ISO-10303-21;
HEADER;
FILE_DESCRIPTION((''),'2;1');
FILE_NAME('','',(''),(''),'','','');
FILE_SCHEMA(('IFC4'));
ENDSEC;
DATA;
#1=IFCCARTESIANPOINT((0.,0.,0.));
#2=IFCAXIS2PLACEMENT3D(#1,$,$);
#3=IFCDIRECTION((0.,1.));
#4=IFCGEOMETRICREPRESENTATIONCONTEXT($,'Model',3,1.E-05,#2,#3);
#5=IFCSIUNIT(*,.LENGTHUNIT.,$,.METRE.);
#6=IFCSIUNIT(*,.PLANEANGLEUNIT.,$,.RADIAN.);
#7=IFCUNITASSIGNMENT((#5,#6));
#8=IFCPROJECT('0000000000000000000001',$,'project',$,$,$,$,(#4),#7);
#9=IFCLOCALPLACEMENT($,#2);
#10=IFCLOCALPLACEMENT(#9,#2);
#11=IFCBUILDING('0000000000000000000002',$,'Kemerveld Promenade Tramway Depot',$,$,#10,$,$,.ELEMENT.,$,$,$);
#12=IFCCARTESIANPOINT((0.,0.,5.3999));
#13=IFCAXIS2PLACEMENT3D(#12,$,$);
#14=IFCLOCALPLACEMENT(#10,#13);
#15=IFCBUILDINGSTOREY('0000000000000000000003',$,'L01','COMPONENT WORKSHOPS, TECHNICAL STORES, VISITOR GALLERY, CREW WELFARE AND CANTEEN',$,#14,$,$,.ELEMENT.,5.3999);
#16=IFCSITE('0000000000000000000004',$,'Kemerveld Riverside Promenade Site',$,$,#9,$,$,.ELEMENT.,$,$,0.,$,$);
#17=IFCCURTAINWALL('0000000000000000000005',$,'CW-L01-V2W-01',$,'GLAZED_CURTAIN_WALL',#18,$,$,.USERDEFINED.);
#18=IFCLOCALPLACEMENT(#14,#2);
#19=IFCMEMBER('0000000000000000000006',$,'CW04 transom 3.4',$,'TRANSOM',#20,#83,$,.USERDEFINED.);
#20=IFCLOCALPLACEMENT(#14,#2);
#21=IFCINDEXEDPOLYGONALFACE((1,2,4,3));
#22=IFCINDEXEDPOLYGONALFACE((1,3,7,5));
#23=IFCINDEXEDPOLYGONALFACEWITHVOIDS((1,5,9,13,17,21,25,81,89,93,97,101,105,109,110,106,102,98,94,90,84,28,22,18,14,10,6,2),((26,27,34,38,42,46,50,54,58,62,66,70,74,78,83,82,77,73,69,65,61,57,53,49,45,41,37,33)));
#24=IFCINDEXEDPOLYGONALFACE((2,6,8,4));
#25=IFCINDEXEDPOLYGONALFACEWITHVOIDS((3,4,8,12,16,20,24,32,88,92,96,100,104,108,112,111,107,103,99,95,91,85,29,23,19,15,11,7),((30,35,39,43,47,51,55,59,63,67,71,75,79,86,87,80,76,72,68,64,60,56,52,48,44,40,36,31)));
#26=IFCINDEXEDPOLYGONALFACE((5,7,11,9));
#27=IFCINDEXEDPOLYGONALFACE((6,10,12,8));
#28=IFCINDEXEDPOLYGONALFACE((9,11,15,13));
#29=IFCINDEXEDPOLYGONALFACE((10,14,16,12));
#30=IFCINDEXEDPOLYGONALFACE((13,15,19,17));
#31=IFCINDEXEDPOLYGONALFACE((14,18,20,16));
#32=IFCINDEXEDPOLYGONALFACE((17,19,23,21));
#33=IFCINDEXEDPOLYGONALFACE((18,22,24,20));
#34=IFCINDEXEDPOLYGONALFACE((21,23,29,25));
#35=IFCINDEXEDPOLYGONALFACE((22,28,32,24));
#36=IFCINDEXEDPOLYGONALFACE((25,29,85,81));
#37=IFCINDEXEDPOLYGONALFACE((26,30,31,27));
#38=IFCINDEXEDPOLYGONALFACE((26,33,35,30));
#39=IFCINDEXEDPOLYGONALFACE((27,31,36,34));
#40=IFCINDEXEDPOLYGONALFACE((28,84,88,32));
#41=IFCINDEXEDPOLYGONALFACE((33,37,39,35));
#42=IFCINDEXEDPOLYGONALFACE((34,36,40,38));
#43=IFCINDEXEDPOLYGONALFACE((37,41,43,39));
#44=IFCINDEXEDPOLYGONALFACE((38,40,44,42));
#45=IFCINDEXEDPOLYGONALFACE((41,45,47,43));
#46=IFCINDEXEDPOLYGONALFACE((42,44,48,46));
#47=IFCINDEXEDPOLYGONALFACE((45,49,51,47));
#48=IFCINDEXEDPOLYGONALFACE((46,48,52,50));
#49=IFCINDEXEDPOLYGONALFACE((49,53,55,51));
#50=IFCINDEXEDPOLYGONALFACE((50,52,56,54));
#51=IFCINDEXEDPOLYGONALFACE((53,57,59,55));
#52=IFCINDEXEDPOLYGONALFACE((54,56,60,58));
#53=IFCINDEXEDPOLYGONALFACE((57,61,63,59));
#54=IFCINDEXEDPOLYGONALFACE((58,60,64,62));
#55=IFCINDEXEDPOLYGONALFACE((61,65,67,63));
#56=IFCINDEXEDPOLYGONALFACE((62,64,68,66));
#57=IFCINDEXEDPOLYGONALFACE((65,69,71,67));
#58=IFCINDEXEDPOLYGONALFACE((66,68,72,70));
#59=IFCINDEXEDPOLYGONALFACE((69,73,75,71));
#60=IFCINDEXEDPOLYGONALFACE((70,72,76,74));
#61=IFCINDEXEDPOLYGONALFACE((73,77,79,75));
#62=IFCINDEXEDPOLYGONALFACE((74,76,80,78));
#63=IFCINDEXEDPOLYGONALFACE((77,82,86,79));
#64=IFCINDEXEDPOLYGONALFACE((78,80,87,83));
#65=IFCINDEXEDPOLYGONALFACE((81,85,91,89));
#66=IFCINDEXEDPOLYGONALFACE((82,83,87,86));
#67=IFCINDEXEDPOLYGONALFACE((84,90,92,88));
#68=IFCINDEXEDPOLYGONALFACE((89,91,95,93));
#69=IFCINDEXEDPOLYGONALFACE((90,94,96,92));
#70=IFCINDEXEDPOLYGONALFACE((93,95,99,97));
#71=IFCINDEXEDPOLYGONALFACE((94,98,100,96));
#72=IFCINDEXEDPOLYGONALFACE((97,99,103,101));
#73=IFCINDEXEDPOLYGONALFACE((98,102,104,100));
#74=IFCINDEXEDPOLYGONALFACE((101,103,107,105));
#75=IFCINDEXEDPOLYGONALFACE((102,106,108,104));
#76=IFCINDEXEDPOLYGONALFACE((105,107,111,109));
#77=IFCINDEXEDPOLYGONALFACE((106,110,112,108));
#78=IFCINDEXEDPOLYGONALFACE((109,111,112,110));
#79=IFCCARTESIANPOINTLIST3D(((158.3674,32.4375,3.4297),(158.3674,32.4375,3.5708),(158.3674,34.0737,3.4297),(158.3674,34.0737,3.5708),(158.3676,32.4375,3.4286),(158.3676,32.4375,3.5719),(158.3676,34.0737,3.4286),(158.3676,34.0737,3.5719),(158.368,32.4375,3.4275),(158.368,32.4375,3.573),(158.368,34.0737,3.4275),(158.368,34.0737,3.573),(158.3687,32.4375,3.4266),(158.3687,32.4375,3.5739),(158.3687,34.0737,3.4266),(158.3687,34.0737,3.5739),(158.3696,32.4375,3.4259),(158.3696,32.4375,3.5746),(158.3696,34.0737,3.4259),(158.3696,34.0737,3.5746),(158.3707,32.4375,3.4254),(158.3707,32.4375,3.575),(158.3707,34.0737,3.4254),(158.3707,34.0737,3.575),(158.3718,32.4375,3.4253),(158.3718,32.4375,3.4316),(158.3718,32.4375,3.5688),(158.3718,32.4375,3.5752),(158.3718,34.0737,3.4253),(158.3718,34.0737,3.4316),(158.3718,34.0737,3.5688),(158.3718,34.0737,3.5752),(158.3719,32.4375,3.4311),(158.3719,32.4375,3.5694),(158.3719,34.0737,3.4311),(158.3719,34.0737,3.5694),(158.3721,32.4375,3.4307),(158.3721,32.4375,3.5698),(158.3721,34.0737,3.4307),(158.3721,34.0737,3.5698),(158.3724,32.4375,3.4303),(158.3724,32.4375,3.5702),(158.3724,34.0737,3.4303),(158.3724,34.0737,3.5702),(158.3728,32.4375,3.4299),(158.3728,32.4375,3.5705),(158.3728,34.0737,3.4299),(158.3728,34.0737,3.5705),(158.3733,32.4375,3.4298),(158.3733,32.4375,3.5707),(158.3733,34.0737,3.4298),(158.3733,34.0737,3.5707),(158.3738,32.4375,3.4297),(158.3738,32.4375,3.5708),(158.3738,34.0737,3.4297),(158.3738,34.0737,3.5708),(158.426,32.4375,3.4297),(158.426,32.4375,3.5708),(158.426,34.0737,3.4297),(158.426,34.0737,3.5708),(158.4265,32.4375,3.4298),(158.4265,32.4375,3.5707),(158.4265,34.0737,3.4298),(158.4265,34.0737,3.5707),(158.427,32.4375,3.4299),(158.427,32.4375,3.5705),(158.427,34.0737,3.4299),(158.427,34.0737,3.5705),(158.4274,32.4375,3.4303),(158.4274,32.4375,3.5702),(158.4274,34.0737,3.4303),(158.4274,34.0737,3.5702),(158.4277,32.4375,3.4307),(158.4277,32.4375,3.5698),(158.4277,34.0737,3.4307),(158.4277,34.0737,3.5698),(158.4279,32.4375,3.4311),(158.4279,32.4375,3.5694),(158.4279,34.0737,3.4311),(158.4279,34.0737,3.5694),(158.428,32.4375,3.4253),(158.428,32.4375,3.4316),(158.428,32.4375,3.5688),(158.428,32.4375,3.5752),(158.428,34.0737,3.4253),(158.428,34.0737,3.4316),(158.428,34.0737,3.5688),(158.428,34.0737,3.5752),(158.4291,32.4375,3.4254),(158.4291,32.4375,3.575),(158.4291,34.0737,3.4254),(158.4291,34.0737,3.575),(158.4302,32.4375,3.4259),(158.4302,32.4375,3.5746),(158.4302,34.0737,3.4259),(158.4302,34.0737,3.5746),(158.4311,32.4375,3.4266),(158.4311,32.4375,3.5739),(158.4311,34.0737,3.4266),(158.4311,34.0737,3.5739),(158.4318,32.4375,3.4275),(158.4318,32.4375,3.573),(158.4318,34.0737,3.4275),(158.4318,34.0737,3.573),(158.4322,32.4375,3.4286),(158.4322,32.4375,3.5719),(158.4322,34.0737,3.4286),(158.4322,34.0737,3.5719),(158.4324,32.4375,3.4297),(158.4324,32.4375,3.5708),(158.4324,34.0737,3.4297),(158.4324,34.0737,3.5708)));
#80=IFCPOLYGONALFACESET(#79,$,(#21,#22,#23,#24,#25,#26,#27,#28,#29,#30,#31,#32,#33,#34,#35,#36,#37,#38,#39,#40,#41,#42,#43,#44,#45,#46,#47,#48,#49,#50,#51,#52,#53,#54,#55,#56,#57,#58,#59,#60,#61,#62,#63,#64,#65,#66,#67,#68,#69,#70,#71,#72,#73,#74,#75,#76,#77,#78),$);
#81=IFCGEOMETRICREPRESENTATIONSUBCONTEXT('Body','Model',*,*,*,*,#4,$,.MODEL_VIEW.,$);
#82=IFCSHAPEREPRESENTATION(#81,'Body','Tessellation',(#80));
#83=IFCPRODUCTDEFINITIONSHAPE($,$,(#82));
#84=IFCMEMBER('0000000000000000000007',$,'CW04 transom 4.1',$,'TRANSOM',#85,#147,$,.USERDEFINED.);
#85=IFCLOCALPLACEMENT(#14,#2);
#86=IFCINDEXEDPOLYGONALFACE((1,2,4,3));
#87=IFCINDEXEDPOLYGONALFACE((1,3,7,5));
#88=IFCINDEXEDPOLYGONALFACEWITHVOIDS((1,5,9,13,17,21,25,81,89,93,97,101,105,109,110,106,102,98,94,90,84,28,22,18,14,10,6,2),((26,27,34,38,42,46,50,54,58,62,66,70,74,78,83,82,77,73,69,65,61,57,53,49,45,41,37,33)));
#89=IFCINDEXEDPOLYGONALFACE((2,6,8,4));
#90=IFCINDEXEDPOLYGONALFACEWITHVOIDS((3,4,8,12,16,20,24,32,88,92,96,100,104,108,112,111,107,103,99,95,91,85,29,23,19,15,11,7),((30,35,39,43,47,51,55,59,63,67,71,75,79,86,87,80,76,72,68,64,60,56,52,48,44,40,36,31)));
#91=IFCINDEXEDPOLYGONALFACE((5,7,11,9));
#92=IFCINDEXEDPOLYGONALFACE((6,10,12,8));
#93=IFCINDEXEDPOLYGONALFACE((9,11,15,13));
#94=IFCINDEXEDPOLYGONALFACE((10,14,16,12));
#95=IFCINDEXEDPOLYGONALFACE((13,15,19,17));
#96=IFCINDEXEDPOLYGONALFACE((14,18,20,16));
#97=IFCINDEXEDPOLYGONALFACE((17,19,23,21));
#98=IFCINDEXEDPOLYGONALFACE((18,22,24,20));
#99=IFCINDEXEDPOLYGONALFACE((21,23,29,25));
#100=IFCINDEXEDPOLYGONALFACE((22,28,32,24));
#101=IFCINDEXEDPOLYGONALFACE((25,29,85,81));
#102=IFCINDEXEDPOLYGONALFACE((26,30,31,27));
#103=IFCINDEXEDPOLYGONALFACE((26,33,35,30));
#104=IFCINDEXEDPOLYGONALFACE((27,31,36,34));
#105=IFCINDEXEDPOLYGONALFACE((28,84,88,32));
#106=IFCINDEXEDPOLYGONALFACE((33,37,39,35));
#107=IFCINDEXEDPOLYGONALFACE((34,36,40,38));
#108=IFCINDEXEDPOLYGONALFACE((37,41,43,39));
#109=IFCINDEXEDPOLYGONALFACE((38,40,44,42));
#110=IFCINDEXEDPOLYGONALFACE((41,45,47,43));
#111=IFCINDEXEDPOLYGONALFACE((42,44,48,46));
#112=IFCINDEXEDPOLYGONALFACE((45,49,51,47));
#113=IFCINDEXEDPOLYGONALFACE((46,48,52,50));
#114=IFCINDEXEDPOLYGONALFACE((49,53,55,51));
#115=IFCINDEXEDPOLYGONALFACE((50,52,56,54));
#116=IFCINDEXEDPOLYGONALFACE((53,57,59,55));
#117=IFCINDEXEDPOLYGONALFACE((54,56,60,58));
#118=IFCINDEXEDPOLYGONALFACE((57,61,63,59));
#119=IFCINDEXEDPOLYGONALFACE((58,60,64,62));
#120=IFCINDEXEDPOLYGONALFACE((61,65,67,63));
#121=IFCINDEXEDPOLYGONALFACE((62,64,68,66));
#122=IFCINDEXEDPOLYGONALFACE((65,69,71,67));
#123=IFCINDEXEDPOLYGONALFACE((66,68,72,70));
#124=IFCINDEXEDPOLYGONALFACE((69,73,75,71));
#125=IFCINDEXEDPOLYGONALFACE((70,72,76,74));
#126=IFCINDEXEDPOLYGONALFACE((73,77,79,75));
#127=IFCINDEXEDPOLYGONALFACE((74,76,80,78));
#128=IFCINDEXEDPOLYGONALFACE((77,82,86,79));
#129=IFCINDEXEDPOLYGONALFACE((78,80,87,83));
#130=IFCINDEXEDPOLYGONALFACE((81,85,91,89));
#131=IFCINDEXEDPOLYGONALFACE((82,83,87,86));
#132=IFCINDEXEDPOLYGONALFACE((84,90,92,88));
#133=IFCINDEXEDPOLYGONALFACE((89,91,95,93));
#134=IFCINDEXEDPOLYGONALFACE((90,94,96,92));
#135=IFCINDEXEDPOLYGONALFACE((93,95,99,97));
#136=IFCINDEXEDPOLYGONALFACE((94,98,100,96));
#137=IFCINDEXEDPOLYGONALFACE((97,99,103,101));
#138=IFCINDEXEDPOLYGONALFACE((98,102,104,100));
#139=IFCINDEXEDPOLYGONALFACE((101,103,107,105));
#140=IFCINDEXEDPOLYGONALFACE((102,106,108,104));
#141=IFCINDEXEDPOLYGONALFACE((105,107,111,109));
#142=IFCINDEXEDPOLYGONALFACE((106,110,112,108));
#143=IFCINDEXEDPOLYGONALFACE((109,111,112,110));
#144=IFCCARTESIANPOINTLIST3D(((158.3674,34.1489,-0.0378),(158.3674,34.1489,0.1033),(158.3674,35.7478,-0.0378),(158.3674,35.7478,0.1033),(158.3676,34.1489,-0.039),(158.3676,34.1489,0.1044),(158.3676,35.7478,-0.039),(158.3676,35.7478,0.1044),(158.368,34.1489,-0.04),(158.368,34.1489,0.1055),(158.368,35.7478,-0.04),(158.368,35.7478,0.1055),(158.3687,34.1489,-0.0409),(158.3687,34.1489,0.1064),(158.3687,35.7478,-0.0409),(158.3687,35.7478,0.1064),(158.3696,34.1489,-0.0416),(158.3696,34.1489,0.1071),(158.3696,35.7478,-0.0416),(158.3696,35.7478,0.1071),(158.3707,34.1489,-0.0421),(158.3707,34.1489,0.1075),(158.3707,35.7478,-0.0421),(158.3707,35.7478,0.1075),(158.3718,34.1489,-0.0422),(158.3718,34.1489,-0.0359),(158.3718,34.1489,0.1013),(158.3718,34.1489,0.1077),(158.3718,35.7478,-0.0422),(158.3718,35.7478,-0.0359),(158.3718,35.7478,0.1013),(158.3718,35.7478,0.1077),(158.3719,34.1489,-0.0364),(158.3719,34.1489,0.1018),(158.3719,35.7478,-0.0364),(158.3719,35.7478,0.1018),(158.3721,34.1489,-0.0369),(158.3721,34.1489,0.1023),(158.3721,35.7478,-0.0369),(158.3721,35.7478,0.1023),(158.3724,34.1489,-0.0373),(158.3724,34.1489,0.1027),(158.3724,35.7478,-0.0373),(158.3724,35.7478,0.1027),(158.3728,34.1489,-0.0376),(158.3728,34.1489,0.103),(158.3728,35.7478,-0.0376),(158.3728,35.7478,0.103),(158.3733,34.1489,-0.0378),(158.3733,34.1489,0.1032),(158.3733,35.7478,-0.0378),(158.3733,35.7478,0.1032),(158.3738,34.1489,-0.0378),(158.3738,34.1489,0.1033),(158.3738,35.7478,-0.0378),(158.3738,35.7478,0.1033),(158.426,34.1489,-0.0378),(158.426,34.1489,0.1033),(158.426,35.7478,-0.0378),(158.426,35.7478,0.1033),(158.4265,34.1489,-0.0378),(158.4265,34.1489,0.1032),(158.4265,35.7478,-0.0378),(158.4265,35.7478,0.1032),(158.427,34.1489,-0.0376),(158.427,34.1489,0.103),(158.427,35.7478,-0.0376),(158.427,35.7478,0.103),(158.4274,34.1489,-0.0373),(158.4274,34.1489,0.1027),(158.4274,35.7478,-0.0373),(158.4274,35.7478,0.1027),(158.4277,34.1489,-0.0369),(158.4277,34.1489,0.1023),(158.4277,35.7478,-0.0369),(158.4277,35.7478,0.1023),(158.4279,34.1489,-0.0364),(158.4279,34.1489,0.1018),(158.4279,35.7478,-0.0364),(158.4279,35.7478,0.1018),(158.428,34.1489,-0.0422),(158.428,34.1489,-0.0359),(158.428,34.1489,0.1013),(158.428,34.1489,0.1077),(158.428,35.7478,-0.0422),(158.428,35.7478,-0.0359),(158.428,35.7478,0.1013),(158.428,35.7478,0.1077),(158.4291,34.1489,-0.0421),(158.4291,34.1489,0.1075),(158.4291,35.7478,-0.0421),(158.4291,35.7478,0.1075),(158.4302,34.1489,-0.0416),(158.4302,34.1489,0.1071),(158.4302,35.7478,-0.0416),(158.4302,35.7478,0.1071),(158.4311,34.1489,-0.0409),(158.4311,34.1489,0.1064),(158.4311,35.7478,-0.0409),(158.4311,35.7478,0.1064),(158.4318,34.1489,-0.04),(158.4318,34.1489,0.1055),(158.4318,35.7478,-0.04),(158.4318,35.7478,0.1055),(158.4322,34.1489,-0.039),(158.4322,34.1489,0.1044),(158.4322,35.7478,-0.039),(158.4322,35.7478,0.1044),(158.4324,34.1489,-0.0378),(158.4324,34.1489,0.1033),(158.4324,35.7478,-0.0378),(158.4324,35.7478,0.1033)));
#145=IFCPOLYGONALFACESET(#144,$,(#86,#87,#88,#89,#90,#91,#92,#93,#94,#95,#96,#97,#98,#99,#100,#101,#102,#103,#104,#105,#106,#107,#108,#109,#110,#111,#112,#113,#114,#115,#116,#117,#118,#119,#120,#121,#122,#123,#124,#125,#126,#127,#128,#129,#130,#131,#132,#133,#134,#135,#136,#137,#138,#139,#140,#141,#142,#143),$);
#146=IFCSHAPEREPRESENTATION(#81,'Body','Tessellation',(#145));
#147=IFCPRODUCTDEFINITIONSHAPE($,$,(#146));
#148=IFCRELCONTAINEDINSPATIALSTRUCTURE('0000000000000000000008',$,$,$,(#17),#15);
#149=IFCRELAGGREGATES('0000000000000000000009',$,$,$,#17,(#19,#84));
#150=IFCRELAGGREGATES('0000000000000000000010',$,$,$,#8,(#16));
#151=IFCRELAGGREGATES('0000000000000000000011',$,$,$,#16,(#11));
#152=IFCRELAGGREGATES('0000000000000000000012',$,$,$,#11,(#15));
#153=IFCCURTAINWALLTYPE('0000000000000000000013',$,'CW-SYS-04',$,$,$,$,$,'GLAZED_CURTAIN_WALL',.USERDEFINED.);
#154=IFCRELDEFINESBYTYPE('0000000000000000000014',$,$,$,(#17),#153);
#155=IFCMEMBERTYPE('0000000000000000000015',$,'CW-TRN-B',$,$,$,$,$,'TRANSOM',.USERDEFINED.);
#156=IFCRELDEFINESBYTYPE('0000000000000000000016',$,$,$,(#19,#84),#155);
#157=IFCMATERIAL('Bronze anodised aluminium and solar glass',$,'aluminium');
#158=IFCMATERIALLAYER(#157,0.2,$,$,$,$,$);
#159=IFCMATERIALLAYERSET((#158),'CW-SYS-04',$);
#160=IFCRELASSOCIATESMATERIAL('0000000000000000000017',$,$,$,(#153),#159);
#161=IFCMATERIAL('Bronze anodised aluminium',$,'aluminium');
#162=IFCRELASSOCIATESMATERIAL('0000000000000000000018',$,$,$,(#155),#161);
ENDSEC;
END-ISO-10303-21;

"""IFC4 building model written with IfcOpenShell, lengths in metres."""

from ifc_helpers import new_model, si_unit, direction, frame, origin, origin_2d, place, context, subcontext, project, spatial, hollow_rectangle, extrude, material, layer, layer_set, material_profile, profile_set, type_object, element, aggregate, save


model = new_model("IFC4")

# Units and contexts
model_context = context("Model", 3, precision=1e-05, world=origin(), true_north=direction((0.0, 1.0)))
body_context = subcontext(model_context, "Body", "Model", "MODEL_VIEW")
ifc_project = project(units=[si_unit("LENGTHUNIT", "METRE"), si_unit("PLANEANGLEUNIT", "RADIAN")], contexts=[model_context])

# Site, building, storey
site_placement = place(None, origin())
site = spatial("IfcSite", under=ifc_project, at=site_placement, Name="Kemerveld Riverside Promenade Site", CompositionType="ELEMENT", RefElevation=0.0)
building_placement = place(site_placement, origin())
building = spatial("IfcBuilding", under=site, at=building_placement, Name="Kemerveld Promenade Tramway Depot", CompositionType="ELEMENT")
storey_placement = place(building_placement, frame((0.0, 0.0, 5.3999)))
storey = spatial("IfcBuildingStorey", under=building, at=storey_placement, Name="L01", Description="COMPONENT WORKSHOPS, TECHNICAL STORES, VISITOR GALLERY, CREW WELFARE AND CANTEEN", CompositionType="ELEMENT", Elevation=5.3999)

# Curtain wall
ifc_material_1 = material(Name="Bronze anodised aluminium and solar glass", Category="aluminium")
ifc_layer_1 = layer(ifc_material_1, 0.2)
ifc_layer_set_1 = layer_set([ifc_layer_1], Name="CW-SYS-04")
curtain_wall_type_1 = type_object("IfcCurtainWallType", Name="CW-SYS-04", ElementType="GLAZED_CURTAIN_WALL", PredefinedType="USERDEFINED", material=ifc_layer_set_1)
curtain_wall_1_placement = place(storey_placement, origin())
curtain_wall_1 = element("IfcCurtainWall", 1, at=curtain_wall_1_placement, inside=storey, type_object=curtain_wall_type_1, Name="CW-L01-V2W-01", ObjectType="GLAZED_CURTAIN_WALL", PredefinedType="USERDEFINED")
ifc_material_2 = material(Name="Bronze anodised aluminium", Category="aluminium")

# Members
ifc_material_profile_1 = material_profile(ifc_material_2, hollow_rectangle(XDim=0.0649, YDim=0.1499, WallThickness=0.0044, InnerFilletRadius=0.002, OuterFilletRadius=0.0044, at=origin_2d()), Name="CW-TRN-150x65")
ifc_profile_set_1 = profile_set([ifc_material_profile_1], Name="Bronze anodised aluminium")
member_type_1 = type_object("IfcMemberType", Name="CW-TRN-B", ElementType="TRANSOM", PredefinedType="USERDEFINED", material=ifc_profile_set_1)
member_1_placement = place(storey_placement, frame((158.3999, 32.4375, 3.5002), z_axis=(0.0, 1.0, 0.0), x_axis=(-1.0, 0.0, 0.0)))
member_1 = element("IfcMember", 2, at=member_1_placement, type_object=member_type_1, Name="CW04 transom 3.4", ObjectType="TRANSOM", PredefinedType="USERDEFINED", context=body_context, shape_type="SweptSolid", body=[
    extrude(hollow_rectangle(XDim=0.0649, YDim=0.1499, WallThickness=0.0044, InnerFilletRadius=0.002, OuterFilletRadius=0.0044, at=origin_2d()), origin(), (0.0, 0.0, 1.0), 1.6362),
])
member_2_placement = place(storey_placement, frame((158.3999, 34.1489, 0.0327), z_axis=(0.0, 1.0, 0.0), x_axis=(-1.0, 0.0, 0.0)))
member_2 = element("IfcMember", 3, at=member_2_placement, type_object=member_type_1, Name="CW04 transom 4.1", ObjectType="TRANSOM", PredefinedType="USERDEFINED", context=body_context, shape_type="SweptSolid", body=[
    extrude(hollow_rectangle(XDim=0.0649, YDim=0.1499, WallThickness=0.0044, InnerFilletRadius=0.002, OuterFilletRadius=0.0044, at=origin_2d()), origin(), (0.0, 0.0, 1.0), 1.5989),
])

aggregate(curtain_wall_1, [member_1, member_2])

save(model, "model.ifc")
